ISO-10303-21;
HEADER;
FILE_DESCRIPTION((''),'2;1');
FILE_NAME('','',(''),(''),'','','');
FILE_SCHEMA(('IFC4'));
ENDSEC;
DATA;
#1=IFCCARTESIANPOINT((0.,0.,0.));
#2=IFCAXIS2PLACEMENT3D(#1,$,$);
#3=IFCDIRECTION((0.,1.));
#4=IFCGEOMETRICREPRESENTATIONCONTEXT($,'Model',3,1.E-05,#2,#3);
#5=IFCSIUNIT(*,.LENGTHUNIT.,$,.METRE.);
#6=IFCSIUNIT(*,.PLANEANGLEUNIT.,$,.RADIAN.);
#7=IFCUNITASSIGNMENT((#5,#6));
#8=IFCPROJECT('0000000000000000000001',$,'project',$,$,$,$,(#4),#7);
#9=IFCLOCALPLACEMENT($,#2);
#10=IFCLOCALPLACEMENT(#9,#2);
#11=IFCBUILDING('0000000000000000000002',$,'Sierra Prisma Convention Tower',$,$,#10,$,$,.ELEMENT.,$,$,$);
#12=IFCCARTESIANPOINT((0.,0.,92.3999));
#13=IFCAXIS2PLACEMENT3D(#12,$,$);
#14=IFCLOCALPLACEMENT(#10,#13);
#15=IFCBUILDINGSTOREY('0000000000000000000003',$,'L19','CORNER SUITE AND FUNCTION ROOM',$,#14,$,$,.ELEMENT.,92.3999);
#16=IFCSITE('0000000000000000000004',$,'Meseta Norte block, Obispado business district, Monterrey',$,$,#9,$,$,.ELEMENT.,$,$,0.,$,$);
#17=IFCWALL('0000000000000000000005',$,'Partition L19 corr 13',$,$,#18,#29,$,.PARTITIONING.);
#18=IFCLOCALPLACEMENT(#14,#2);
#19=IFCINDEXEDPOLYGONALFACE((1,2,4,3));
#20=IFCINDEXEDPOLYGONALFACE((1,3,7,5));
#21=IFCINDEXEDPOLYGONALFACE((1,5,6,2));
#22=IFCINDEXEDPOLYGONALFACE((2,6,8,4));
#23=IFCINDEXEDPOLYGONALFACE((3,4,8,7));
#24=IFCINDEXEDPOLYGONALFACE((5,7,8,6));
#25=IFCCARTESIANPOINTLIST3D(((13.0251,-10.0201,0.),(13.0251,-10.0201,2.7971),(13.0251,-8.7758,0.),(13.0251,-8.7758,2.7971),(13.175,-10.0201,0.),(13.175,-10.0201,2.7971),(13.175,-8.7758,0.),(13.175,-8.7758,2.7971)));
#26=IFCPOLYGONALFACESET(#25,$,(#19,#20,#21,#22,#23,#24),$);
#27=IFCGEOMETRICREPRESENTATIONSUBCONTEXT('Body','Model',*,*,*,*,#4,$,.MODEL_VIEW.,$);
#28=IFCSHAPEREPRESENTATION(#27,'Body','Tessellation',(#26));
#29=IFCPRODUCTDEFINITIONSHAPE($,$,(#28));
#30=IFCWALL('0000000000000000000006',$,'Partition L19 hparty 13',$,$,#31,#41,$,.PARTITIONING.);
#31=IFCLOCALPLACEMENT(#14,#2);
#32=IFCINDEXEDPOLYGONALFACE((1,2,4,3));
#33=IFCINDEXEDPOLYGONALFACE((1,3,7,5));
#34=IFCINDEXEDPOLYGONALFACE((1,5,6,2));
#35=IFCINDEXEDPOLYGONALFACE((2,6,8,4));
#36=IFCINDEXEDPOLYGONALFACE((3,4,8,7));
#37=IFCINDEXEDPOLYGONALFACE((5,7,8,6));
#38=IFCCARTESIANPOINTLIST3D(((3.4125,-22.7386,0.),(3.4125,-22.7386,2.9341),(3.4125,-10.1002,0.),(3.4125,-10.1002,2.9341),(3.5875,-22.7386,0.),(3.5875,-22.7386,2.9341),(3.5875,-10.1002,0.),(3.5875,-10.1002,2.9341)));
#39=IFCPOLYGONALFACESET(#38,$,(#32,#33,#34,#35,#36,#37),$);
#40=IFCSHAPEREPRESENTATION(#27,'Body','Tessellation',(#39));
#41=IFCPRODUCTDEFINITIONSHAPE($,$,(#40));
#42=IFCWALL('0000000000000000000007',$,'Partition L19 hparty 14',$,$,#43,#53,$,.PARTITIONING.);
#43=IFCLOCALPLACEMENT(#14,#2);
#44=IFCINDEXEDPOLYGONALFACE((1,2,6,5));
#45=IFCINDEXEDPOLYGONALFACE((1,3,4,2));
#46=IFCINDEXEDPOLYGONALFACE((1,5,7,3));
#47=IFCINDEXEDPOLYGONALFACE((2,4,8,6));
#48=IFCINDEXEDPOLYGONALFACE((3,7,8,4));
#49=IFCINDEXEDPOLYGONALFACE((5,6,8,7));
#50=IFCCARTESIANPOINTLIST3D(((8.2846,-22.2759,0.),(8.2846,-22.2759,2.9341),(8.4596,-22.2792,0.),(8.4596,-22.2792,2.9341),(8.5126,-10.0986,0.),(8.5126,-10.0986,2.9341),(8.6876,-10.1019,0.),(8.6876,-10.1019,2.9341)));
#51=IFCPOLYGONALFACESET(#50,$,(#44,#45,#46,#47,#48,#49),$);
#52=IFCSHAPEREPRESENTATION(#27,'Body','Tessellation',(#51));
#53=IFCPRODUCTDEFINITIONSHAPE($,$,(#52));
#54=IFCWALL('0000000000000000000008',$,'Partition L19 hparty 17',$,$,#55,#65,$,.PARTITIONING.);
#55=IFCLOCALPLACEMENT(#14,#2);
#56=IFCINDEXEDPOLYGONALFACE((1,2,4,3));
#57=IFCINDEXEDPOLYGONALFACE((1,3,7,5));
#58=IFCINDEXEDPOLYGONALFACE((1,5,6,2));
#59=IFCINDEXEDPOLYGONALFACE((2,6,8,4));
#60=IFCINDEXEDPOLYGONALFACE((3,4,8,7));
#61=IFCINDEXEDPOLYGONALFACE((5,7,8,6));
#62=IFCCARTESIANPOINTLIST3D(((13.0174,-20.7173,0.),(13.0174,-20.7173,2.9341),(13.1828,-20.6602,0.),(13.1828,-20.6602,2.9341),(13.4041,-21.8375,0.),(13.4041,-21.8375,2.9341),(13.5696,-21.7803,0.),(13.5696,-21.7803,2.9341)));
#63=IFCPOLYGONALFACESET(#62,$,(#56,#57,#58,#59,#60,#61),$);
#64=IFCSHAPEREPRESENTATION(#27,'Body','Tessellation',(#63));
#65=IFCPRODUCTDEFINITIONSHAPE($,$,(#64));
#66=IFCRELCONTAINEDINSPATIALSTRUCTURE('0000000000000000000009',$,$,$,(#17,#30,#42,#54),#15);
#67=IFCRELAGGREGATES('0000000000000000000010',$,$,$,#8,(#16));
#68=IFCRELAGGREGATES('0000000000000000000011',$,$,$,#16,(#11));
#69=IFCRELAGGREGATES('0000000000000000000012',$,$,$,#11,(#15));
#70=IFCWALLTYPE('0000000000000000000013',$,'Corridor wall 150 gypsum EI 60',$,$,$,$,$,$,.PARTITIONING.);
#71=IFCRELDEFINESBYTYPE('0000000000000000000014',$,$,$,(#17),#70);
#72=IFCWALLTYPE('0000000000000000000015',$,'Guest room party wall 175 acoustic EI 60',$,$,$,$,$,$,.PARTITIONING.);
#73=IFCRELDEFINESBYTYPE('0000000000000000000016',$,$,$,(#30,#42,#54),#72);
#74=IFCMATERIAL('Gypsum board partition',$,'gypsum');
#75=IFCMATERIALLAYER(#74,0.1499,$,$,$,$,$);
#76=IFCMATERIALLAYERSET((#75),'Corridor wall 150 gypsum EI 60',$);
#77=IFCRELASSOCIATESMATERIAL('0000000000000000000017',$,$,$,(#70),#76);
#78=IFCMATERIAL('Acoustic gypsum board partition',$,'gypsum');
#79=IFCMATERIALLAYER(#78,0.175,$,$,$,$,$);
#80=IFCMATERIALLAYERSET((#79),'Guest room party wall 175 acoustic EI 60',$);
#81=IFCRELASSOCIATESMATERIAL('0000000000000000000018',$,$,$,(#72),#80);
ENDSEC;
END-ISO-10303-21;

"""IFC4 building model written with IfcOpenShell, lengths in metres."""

from ifc_helpers import new_model, si_unit, direction, frame, frame_2d, origin, place, context, subcontext, project, spatial, rectangle, extrude, material, layer, layer_set, type_object, element, save


model = new_model("IFC4")

# Units and contexts
model_context = context("Model", 3, precision=1e-05, world=origin(), true_north=direction((0.0, 1.0)))
body_context = subcontext(model_context, "Body", "Model", "MODEL_VIEW")
ifc_project = project(units=[si_unit("LENGTHUNIT", "METRE"), si_unit("PLANEANGLEUNIT", "RADIAN")], contexts=[model_context])

# Site, building, storey
site_placement = place(None, origin())
site = spatial("IfcSite", under=ifc_project, at=site_placement, Name="Meseta Norte block, Obispado business district, Monterrey", CompositionType="ELEMENT", RefElevation=0.0)
building_placement = place(site_placement, origin())
building = spatial("IfcBuilding", under=site, at=building_placement, Name="Sierra Prisma Convention Tower", CompositionType="ELEMENT")
storey_placement = place(building_placement, frame((0.0, 0.0, 92.3999)))
storey = spatial("IfcBuildingStorey", under=building, at=storey_placement, Name="L19", Description="CORNER SUITE AND FUNCTION ROOM", CompositionType="ELEMENT", Elevation=92.3999)

# Walls
ifc_material_1 = material(Name="Gypsum board partition", Category="gypsum")
ifc_layer_1 = layer(ifc_material_1, 0.1499)
ifc_layer_set_1 = layer_set([ifc_layer_1], Name="Corridor wall 150 gypsum EI 60")
wall_type_1 = type_object("IfcWallType", Name="Corridor wall 150 gypsum EI 60", PredefinedType="PARTITIONING", material=ifc_layer_set_1)
wall_1_placement = place(storey_placement, frame((13.1001, -10.02, 0.0), z_axis=(0.0, 0.0, 1.0), x_axis=(0.0, 1.0, 0.0)))
element("IfcWall", 1, at=wall_1_placement, inside=storey, type_object=wall_type_1, Name="Partition L19 corr 13", PredefinedType="PARTITIONING", context=body_context, shape_type="SweptSolid", body=[
    extrude(rectangle(XDim=1.2444, YDim=0.1499, at=frame_2d((0.6221, 0.0))), origin(), (0.0, 0.0, 1.0), 2.7971),
])
ifc_material_2 = material(Name="Acoustic gypsum board partition", Category="gypsum")
ifc_layer_2 = layer(ifc_material_2, 0.175)
ifc_layer_set_2 = layer_set([ifc_layer_2], Name="Guest room party wall 175 acoustic EI 60")
wall_type_2 = type_object("IfcWallType", Name="Guest room party wall 175 acoustic EI 60", PredefinedType="PARTITIONING", material=ifc_layer_set_2)
wall_2_placement = place(storey_placement, frame((3.5, -10.1001, 0.0), z_axis=(0.0, 0.0, 1.0), x_axis=(0.0, -1.0, 0.0)))
element("IfcWall", 2, at=wall_2_placement, inside=storey, type_object=wall_type_2, Name="Partition L19 hparty 13", PredefinedType="PARTITIONING", context=body_context, shape_type="SweptSolid", body=[
    extrude(rectangle(XDim=12.6384, YDim=0.175, at=frame_2d((6.3193, 0.0))), origin(), (0.0, 0.0, 1.0), 2.9341),
])
wall_3_placement = place(storey_placement, frame((8.6001, -10.1001, 0.0), z_axis=(0.0, 0.0, 1.0), x_axis=(-0.018722, -0.999825, 0.0)))
element("IfcWall", 3, at=wall_3_placement, inside=storey, type_object=wall_type_2, Name="Partition L19 hparty 14", PredefinedType="PARTITIONING", context=body_context, shape_type="SweptSolid", body=[
    extrude(rectangle(XDim=12.1794, YDim=0.175, at=frame_2d((6.0898, 0.0))), origin(), (0.0, 0.0, 1.0), 2.9341),
])
wall_4_placement = place(storey_placement, frame((13.1001, -20.6887, 0.0), z_axis=(0.0, 0.0, 1.0), x_axis=(0.326346, -0.94525, 0.0)))
element("IfcWall", 4, at=wall_4_placement, inside=storey, type_object=wall_type_2, Name="Partition L19 hparty 17", PredefinedType="PARTITIONING", context=body_context, shape_type="SweptSolid", body=[
    extrude(rectangle(XDim=1.1851, YDim=0.175, at=frame_2d((0.5925, 0.0))), origin(), (0.0, 0.0, 1.0), 2.9341),
])

save(model, "model.ifc")
